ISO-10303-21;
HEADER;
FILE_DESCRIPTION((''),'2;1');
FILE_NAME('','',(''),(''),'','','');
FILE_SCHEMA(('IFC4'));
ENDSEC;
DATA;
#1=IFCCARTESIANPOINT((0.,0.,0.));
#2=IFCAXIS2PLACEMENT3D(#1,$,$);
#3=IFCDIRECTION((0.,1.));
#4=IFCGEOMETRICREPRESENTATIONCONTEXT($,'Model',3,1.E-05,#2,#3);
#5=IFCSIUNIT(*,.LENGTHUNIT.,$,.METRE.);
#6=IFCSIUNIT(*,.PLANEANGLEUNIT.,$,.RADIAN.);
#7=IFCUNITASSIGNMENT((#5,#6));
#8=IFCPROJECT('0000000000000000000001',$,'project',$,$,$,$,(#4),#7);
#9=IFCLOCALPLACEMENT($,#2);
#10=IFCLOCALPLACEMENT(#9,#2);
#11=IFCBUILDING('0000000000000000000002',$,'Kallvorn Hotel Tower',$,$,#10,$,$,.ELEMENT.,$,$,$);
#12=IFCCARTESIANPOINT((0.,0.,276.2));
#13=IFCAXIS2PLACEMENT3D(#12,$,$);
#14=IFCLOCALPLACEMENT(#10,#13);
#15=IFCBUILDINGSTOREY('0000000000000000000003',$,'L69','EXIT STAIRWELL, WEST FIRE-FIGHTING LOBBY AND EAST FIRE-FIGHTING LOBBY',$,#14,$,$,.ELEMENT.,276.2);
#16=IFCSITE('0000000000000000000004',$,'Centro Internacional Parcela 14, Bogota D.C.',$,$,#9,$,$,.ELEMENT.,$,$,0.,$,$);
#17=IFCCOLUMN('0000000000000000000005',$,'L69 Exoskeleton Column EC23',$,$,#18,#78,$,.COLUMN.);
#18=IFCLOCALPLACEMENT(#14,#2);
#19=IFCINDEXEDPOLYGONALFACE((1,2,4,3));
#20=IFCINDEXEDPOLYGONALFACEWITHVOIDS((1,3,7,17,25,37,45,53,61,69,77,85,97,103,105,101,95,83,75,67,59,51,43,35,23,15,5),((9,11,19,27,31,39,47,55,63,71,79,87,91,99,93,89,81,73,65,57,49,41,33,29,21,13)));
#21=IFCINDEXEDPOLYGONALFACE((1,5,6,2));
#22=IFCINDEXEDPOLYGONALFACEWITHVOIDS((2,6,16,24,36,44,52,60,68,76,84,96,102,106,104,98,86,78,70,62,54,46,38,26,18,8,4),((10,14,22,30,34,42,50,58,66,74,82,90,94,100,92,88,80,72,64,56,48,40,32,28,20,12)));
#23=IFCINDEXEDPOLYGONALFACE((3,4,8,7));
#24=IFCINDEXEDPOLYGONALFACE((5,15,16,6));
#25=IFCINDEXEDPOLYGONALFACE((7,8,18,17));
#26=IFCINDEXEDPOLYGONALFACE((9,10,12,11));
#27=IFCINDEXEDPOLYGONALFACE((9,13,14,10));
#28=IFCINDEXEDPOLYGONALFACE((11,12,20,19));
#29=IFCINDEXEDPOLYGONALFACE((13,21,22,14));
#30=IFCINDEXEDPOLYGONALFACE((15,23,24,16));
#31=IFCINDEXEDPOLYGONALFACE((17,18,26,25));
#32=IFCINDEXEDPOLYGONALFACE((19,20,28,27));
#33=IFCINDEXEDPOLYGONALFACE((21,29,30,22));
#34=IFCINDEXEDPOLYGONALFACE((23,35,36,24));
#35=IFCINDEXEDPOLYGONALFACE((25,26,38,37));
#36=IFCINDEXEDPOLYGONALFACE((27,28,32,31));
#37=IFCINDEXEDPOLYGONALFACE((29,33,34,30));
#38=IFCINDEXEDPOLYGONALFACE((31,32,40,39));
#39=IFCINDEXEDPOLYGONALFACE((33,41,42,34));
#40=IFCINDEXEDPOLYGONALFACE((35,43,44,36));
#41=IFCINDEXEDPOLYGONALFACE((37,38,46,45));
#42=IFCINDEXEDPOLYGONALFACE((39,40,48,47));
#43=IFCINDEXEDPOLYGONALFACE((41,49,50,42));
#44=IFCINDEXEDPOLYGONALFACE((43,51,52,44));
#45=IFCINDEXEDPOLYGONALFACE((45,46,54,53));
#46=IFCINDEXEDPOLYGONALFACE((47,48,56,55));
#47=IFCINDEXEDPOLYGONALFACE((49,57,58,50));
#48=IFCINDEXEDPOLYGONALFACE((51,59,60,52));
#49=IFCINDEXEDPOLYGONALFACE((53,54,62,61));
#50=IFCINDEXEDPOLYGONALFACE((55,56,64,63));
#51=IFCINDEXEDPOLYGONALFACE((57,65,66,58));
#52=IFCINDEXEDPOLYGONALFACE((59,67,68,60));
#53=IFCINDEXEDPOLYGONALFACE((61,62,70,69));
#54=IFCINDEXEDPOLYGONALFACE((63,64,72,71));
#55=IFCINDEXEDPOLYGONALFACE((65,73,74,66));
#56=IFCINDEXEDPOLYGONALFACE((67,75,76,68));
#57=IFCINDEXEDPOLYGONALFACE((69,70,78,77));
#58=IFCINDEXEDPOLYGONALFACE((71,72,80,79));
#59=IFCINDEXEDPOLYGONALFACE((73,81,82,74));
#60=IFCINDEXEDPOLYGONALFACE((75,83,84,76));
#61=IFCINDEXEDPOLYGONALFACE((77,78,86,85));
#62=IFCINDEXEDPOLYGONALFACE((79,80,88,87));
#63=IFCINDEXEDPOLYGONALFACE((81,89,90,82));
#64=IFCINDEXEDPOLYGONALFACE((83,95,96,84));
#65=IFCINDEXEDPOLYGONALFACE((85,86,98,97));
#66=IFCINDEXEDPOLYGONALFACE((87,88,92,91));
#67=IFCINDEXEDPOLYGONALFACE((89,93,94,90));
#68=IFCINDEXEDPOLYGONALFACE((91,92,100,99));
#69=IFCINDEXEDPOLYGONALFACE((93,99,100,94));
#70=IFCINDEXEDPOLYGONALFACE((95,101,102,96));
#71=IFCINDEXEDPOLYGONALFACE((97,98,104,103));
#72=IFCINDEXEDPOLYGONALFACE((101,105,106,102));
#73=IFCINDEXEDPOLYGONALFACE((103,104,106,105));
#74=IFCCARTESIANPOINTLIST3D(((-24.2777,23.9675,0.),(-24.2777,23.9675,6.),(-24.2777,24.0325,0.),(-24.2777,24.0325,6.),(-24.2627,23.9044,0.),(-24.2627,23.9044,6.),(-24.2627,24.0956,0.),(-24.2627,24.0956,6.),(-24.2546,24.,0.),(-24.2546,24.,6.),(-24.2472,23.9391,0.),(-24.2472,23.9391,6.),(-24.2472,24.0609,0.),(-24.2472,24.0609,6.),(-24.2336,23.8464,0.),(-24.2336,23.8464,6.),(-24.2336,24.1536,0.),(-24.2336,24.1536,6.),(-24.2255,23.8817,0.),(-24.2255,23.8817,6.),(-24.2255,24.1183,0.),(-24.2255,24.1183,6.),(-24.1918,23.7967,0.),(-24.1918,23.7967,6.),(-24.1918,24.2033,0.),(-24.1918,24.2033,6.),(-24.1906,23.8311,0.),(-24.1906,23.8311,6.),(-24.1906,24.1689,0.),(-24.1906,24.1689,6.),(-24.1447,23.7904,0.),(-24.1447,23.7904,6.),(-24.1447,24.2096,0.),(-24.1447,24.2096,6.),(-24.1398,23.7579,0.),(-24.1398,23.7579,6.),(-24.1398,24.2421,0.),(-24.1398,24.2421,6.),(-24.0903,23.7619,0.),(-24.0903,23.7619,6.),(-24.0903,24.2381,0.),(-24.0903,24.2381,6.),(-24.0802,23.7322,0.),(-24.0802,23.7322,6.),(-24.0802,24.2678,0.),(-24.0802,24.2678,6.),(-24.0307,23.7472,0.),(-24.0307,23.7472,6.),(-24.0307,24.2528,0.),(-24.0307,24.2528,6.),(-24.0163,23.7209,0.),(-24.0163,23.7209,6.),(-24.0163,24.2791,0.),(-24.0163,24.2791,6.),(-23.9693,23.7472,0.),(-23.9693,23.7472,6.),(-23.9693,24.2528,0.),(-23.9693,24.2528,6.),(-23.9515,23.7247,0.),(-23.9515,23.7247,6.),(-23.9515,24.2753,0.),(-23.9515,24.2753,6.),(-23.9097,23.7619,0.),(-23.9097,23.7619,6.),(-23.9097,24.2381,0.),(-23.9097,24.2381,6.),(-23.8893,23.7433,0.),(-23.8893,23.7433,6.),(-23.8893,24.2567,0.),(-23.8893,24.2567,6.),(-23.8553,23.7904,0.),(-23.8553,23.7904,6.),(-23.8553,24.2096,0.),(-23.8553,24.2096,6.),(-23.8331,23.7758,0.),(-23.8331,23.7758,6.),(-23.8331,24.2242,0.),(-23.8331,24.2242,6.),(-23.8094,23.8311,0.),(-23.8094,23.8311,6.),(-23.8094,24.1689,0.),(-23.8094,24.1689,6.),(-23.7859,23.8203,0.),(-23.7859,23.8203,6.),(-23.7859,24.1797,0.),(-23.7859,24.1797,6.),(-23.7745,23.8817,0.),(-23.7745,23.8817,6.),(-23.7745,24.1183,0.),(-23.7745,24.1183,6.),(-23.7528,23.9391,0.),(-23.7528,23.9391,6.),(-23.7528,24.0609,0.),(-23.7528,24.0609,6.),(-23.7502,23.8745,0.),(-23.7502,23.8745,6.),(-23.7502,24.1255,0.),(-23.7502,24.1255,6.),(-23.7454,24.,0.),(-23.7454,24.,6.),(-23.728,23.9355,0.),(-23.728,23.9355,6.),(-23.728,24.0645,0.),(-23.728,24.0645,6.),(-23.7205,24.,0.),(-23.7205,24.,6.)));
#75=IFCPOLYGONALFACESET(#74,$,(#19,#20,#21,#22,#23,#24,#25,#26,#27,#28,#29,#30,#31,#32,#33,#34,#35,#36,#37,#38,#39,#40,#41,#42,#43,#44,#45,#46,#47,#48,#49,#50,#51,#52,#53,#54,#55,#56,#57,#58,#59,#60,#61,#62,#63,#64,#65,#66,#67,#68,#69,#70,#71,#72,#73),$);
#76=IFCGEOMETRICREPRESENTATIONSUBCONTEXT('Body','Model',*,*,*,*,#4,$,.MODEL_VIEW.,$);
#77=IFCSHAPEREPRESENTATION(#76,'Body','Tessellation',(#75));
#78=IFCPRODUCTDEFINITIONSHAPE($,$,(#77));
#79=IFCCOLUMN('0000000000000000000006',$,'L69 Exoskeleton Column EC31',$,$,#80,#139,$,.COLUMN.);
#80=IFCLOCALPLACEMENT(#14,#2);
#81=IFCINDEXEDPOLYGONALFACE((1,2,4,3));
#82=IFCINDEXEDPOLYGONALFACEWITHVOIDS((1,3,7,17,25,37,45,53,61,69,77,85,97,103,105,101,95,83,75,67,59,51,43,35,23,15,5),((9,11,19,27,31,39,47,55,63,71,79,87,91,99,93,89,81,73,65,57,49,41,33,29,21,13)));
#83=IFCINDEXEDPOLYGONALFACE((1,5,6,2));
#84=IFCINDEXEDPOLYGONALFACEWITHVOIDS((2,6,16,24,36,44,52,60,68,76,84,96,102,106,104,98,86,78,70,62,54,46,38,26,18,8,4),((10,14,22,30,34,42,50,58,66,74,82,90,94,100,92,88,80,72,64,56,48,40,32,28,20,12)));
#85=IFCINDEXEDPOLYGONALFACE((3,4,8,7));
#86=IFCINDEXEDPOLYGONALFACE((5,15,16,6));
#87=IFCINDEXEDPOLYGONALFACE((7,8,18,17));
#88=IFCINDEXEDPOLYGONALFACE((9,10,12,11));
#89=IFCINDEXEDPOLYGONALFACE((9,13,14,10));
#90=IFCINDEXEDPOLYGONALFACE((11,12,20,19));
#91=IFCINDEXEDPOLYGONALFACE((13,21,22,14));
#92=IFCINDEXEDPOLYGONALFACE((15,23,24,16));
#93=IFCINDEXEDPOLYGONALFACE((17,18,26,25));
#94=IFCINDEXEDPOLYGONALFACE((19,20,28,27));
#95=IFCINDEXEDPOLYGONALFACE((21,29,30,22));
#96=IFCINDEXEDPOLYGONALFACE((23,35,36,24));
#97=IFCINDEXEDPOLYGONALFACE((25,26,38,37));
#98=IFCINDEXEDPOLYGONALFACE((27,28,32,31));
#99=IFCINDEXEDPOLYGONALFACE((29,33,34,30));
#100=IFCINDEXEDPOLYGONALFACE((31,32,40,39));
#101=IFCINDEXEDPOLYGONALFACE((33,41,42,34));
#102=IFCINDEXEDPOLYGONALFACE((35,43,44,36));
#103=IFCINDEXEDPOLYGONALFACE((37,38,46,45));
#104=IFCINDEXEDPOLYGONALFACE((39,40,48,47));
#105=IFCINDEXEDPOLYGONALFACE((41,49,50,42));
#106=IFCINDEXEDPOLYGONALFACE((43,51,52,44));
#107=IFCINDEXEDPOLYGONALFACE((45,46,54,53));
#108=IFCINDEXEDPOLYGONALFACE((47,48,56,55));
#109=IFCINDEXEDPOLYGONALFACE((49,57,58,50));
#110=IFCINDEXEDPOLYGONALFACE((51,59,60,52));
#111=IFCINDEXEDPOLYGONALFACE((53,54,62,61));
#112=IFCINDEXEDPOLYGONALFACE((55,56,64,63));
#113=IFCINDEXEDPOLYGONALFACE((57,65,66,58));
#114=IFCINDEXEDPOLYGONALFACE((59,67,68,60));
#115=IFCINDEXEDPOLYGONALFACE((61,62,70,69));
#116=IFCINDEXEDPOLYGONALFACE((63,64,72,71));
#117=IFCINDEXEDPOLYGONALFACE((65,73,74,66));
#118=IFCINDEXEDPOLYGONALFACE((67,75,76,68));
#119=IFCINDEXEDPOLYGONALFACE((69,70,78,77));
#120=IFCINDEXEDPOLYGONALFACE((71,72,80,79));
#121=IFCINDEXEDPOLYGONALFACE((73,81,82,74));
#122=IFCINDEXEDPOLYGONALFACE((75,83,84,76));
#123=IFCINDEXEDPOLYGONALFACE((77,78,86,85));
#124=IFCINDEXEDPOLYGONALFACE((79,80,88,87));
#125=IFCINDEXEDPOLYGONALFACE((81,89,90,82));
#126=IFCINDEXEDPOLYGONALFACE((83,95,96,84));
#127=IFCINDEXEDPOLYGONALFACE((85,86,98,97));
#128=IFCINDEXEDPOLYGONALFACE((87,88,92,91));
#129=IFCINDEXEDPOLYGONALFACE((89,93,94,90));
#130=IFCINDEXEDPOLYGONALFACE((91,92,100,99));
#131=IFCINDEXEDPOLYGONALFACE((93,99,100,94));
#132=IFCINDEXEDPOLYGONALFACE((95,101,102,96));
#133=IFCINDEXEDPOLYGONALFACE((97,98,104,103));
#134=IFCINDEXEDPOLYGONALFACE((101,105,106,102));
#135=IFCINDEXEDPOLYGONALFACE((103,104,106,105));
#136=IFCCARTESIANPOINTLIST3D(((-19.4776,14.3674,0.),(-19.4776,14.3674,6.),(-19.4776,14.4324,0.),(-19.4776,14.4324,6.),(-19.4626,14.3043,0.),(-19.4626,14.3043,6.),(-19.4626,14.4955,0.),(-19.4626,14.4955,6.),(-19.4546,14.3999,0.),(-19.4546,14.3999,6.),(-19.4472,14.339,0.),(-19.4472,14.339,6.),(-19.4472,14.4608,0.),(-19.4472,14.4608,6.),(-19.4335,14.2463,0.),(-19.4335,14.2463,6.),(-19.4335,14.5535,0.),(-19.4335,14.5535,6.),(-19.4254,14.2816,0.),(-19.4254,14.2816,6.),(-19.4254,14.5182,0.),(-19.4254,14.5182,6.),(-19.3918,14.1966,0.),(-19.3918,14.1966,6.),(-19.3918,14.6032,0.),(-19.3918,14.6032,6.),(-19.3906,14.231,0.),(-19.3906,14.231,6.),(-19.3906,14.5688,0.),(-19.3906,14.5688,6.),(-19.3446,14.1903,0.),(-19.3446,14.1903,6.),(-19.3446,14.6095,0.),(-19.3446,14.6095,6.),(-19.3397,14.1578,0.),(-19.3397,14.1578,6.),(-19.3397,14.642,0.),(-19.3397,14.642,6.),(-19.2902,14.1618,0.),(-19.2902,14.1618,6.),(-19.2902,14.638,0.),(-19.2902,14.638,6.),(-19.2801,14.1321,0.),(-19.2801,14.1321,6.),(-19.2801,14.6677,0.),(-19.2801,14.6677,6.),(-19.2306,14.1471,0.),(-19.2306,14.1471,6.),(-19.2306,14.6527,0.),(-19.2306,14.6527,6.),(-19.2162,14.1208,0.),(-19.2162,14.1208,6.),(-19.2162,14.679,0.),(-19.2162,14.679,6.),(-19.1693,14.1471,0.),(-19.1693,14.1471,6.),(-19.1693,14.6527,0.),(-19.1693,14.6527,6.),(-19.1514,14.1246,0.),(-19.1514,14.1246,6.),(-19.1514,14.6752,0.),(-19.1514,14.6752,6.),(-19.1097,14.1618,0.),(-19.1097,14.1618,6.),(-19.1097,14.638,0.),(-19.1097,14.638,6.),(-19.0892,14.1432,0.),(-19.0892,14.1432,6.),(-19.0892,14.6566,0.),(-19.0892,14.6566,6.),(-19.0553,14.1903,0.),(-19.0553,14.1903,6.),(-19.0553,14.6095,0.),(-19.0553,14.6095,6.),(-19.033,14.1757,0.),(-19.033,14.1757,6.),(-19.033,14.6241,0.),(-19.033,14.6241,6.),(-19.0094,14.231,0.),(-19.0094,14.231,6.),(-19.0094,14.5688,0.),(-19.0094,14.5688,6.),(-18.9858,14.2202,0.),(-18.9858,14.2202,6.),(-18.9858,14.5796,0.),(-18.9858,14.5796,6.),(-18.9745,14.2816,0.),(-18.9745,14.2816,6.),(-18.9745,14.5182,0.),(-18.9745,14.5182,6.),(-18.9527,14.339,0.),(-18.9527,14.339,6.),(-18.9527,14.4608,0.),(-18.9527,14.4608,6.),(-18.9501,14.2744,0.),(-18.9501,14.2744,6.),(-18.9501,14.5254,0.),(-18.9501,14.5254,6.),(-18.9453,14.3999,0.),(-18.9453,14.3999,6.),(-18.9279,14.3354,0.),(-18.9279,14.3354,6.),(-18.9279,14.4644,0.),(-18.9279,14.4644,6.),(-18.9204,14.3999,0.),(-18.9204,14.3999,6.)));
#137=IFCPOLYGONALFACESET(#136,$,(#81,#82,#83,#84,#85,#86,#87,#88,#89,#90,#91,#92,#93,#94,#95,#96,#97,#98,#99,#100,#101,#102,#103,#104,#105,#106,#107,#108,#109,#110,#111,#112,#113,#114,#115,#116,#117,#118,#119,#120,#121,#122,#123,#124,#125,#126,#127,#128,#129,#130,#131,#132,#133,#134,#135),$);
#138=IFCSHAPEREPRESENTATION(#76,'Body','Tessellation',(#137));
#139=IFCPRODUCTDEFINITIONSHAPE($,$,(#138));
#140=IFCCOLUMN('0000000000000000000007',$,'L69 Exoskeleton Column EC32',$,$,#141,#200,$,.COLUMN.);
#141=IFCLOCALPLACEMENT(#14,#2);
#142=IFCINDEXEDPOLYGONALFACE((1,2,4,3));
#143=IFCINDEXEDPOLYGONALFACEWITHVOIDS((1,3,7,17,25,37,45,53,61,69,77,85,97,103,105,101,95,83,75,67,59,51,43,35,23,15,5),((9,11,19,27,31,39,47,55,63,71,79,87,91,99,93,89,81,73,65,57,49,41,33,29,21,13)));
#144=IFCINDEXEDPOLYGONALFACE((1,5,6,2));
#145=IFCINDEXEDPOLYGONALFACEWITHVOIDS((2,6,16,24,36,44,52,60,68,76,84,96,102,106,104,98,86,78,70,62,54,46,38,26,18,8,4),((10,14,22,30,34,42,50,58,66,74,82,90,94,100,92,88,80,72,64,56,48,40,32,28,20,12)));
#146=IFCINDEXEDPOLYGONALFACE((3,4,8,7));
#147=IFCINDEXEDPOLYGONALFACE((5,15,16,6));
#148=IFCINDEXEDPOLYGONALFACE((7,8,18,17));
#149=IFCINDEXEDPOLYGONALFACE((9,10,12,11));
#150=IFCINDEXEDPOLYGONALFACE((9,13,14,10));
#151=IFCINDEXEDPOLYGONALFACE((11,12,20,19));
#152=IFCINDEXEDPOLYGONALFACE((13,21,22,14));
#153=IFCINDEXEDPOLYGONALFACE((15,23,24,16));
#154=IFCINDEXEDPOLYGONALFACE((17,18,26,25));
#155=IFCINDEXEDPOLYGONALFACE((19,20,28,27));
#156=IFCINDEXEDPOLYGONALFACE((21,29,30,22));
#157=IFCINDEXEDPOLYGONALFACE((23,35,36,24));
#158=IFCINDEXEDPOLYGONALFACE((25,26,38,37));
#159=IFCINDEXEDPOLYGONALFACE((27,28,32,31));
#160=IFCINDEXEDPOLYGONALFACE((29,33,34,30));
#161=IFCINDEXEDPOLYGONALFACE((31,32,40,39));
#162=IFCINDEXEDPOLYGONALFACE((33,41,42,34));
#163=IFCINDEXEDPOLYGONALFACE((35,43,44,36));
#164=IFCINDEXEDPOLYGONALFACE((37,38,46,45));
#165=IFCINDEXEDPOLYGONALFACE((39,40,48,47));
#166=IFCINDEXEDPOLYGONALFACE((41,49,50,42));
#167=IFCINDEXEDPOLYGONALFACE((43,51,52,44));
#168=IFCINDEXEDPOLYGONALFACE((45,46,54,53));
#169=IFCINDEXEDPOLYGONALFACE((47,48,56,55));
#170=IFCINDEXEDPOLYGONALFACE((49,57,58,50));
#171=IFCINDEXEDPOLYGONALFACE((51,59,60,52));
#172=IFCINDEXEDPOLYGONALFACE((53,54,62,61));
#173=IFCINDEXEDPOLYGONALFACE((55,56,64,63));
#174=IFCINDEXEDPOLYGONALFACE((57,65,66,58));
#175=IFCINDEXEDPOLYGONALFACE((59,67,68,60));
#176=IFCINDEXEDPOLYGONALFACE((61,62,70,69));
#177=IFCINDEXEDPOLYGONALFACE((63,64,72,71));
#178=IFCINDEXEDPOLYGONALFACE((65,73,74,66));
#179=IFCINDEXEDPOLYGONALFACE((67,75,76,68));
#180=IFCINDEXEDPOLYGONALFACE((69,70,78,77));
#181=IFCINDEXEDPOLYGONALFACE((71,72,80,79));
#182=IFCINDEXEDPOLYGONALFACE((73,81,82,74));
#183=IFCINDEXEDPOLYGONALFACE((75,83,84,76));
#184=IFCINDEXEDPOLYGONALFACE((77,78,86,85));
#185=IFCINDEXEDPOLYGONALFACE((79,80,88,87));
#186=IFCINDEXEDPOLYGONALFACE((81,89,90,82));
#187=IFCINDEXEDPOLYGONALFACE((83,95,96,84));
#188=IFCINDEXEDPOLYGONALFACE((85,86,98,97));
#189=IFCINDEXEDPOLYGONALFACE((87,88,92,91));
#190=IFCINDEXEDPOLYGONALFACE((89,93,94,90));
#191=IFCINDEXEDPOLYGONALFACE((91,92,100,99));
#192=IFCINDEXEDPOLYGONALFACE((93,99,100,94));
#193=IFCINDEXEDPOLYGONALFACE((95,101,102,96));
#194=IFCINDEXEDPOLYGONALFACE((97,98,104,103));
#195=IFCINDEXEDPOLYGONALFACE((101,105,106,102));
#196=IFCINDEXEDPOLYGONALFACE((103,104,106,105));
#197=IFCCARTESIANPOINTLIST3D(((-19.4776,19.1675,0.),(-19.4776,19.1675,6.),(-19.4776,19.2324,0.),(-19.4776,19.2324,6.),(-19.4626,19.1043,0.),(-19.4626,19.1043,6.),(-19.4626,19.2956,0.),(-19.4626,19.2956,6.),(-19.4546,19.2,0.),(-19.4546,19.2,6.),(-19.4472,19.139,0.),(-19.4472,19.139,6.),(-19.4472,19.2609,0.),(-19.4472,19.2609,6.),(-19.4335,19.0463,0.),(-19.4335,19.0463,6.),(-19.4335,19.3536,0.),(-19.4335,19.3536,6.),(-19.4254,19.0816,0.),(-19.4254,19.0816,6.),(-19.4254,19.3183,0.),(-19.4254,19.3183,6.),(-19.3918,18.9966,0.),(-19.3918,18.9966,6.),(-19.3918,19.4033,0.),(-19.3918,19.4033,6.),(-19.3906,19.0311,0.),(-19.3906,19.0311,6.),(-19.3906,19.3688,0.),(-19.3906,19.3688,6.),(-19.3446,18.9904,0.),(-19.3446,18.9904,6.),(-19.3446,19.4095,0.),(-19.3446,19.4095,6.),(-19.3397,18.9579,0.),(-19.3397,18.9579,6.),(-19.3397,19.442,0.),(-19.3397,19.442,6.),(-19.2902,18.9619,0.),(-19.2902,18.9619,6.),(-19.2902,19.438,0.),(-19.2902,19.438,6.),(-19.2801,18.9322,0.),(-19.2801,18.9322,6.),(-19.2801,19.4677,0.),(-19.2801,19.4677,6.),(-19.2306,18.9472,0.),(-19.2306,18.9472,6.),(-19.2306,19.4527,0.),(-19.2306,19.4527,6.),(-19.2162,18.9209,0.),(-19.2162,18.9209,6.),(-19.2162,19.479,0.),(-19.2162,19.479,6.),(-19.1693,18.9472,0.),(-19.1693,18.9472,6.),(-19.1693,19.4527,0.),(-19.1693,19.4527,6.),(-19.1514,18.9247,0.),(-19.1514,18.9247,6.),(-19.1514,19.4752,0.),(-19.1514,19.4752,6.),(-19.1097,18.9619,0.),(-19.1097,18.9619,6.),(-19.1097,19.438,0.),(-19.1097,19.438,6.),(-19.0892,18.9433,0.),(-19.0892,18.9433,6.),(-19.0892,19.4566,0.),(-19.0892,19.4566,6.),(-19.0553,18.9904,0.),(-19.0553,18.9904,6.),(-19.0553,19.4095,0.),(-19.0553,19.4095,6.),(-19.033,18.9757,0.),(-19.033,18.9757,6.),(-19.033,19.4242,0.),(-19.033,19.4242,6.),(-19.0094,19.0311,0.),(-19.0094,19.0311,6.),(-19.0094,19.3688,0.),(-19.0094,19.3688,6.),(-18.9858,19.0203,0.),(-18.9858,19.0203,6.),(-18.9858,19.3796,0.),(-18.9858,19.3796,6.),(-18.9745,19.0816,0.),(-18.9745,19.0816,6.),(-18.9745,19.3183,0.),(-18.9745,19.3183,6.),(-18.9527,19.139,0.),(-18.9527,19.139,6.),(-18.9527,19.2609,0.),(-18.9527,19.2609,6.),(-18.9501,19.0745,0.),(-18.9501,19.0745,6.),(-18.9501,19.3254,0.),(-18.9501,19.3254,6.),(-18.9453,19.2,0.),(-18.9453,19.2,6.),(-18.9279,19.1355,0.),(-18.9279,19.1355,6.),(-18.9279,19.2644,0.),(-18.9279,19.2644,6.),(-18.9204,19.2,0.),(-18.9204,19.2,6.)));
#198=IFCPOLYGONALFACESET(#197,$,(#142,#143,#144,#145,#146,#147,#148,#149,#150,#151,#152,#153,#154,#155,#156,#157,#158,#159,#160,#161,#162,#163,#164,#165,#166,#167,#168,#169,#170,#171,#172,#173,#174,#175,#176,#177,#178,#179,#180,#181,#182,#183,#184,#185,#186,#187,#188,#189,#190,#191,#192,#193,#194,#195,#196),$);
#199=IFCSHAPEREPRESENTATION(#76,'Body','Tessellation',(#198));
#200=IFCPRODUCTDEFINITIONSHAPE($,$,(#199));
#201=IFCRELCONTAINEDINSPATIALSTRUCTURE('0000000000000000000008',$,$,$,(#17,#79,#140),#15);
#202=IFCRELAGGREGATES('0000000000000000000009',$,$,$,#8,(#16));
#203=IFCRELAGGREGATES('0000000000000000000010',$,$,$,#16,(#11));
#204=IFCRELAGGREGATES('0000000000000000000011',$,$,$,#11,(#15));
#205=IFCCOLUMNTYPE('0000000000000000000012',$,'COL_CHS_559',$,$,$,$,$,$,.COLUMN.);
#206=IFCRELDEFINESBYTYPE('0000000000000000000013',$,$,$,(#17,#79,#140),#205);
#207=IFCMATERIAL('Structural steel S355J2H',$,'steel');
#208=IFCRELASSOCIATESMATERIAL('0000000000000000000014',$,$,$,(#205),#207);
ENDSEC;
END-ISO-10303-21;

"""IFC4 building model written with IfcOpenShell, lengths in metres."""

from ifc_helpers import new_model, si_unit, direction, frame, origin, origin_2d, place, context, subcontext, project, spatial, hollow_circle, extrude, material, material_profile, profile_set, type_object, element, save


model = new_model("IFC4")

# Units and contexts
model_context = context("Model", 3, precision=1e-05, world=origin(), true_north=direction((0.0, 1.0)))
body_context = subcontext(model_context, "Body", "Model", "MODEL_VIEW")
ifc_project = project(units=[si_unit("LENGTHUNIT", "METRE"), si_unit("PLANEANGLEUNIT", "RADIAN")], contexts=[model_context])

# Site, building, storey
site_placement = place(None, origin())
site = spatial("IfcSite", under=ifc_project, at=site_placement, Name="Centro Internacional Parcela 14, Bogota D.C.", CompositionType="ELEMENT", RefElevation=0.0)
building_placement = place(site_placement, origin())
building = spatial("IfcBuilding", under=site, at=building_placement, Name="Kallvorn Hotel Tower", CompositionType="ELEMENT")
storey_placement = place(building_placement, frame((0.0, 0.0, 276.2)))
storey = spatial("IfcBuildingStorey", under=building, at=storey_placement, Name="L69", Description="EXIT STAIRWELL, WEST FIRE-FIGHTING LOBBY AND EAST FIRE-FIGHTING LOBBY", CompositionType="ELEMENT", Elevation=276.2)

# Columns
ifc_material_1 = material(Name="Structural steel S355J2H", Category="steel")
ifc_material_profile_1 = material_profile(ifc_material_1, hollow_circle(Radius=0.2795, WallThickness=0.0249, at=origin_2d()), Name="CHS 559x25")
ifc_profile_set_1 = profile_set([ifc_material_profile_1], Name="Structural steel S355J2H")
column_type_1 = type_object("IfcColumnType", Name="COL_CHS_559", PredefinedType="COLUMN", material=ifc_profile_set_1)
for number, where, z_axis, x_axis, name in (
    (1, (-24.0, 24.0, 0.0), (0.0, 0.0, 1.0), (1.0, 0.0, 0.0), "L69 Exoskeleton Column EC23"),
    (2, (-19.2, 14.3999, 0.0), (0.0, 0.0, 1.0), (1.0, 0.0, 0.0), "L69 Exoskeleton Column EC31"),
    (3, (-19.2, 19.2, 0.0), (0.0, 0.0, 1.0), (1.0, 0.0, 0.0), "L69 Exoskeleton Column EC32"),
):
    element("IfcColumn", number, at=place(storey_placement, frame(where, z_axis=z_axis, x_axis=x_axis)), inside=storey, type_object=column_type_1, Name=name, PredefinedType="COLUMN", context=body_context, shape_type="SweptSolid", body=[
        extrude(hollow_circle(Radius=0.2795, WallThickness=0.0249, at=origin_2d()), origin(), (0.0, 0.0, 1.0), 6.0),
    ])

save(model, "model.ifc")
